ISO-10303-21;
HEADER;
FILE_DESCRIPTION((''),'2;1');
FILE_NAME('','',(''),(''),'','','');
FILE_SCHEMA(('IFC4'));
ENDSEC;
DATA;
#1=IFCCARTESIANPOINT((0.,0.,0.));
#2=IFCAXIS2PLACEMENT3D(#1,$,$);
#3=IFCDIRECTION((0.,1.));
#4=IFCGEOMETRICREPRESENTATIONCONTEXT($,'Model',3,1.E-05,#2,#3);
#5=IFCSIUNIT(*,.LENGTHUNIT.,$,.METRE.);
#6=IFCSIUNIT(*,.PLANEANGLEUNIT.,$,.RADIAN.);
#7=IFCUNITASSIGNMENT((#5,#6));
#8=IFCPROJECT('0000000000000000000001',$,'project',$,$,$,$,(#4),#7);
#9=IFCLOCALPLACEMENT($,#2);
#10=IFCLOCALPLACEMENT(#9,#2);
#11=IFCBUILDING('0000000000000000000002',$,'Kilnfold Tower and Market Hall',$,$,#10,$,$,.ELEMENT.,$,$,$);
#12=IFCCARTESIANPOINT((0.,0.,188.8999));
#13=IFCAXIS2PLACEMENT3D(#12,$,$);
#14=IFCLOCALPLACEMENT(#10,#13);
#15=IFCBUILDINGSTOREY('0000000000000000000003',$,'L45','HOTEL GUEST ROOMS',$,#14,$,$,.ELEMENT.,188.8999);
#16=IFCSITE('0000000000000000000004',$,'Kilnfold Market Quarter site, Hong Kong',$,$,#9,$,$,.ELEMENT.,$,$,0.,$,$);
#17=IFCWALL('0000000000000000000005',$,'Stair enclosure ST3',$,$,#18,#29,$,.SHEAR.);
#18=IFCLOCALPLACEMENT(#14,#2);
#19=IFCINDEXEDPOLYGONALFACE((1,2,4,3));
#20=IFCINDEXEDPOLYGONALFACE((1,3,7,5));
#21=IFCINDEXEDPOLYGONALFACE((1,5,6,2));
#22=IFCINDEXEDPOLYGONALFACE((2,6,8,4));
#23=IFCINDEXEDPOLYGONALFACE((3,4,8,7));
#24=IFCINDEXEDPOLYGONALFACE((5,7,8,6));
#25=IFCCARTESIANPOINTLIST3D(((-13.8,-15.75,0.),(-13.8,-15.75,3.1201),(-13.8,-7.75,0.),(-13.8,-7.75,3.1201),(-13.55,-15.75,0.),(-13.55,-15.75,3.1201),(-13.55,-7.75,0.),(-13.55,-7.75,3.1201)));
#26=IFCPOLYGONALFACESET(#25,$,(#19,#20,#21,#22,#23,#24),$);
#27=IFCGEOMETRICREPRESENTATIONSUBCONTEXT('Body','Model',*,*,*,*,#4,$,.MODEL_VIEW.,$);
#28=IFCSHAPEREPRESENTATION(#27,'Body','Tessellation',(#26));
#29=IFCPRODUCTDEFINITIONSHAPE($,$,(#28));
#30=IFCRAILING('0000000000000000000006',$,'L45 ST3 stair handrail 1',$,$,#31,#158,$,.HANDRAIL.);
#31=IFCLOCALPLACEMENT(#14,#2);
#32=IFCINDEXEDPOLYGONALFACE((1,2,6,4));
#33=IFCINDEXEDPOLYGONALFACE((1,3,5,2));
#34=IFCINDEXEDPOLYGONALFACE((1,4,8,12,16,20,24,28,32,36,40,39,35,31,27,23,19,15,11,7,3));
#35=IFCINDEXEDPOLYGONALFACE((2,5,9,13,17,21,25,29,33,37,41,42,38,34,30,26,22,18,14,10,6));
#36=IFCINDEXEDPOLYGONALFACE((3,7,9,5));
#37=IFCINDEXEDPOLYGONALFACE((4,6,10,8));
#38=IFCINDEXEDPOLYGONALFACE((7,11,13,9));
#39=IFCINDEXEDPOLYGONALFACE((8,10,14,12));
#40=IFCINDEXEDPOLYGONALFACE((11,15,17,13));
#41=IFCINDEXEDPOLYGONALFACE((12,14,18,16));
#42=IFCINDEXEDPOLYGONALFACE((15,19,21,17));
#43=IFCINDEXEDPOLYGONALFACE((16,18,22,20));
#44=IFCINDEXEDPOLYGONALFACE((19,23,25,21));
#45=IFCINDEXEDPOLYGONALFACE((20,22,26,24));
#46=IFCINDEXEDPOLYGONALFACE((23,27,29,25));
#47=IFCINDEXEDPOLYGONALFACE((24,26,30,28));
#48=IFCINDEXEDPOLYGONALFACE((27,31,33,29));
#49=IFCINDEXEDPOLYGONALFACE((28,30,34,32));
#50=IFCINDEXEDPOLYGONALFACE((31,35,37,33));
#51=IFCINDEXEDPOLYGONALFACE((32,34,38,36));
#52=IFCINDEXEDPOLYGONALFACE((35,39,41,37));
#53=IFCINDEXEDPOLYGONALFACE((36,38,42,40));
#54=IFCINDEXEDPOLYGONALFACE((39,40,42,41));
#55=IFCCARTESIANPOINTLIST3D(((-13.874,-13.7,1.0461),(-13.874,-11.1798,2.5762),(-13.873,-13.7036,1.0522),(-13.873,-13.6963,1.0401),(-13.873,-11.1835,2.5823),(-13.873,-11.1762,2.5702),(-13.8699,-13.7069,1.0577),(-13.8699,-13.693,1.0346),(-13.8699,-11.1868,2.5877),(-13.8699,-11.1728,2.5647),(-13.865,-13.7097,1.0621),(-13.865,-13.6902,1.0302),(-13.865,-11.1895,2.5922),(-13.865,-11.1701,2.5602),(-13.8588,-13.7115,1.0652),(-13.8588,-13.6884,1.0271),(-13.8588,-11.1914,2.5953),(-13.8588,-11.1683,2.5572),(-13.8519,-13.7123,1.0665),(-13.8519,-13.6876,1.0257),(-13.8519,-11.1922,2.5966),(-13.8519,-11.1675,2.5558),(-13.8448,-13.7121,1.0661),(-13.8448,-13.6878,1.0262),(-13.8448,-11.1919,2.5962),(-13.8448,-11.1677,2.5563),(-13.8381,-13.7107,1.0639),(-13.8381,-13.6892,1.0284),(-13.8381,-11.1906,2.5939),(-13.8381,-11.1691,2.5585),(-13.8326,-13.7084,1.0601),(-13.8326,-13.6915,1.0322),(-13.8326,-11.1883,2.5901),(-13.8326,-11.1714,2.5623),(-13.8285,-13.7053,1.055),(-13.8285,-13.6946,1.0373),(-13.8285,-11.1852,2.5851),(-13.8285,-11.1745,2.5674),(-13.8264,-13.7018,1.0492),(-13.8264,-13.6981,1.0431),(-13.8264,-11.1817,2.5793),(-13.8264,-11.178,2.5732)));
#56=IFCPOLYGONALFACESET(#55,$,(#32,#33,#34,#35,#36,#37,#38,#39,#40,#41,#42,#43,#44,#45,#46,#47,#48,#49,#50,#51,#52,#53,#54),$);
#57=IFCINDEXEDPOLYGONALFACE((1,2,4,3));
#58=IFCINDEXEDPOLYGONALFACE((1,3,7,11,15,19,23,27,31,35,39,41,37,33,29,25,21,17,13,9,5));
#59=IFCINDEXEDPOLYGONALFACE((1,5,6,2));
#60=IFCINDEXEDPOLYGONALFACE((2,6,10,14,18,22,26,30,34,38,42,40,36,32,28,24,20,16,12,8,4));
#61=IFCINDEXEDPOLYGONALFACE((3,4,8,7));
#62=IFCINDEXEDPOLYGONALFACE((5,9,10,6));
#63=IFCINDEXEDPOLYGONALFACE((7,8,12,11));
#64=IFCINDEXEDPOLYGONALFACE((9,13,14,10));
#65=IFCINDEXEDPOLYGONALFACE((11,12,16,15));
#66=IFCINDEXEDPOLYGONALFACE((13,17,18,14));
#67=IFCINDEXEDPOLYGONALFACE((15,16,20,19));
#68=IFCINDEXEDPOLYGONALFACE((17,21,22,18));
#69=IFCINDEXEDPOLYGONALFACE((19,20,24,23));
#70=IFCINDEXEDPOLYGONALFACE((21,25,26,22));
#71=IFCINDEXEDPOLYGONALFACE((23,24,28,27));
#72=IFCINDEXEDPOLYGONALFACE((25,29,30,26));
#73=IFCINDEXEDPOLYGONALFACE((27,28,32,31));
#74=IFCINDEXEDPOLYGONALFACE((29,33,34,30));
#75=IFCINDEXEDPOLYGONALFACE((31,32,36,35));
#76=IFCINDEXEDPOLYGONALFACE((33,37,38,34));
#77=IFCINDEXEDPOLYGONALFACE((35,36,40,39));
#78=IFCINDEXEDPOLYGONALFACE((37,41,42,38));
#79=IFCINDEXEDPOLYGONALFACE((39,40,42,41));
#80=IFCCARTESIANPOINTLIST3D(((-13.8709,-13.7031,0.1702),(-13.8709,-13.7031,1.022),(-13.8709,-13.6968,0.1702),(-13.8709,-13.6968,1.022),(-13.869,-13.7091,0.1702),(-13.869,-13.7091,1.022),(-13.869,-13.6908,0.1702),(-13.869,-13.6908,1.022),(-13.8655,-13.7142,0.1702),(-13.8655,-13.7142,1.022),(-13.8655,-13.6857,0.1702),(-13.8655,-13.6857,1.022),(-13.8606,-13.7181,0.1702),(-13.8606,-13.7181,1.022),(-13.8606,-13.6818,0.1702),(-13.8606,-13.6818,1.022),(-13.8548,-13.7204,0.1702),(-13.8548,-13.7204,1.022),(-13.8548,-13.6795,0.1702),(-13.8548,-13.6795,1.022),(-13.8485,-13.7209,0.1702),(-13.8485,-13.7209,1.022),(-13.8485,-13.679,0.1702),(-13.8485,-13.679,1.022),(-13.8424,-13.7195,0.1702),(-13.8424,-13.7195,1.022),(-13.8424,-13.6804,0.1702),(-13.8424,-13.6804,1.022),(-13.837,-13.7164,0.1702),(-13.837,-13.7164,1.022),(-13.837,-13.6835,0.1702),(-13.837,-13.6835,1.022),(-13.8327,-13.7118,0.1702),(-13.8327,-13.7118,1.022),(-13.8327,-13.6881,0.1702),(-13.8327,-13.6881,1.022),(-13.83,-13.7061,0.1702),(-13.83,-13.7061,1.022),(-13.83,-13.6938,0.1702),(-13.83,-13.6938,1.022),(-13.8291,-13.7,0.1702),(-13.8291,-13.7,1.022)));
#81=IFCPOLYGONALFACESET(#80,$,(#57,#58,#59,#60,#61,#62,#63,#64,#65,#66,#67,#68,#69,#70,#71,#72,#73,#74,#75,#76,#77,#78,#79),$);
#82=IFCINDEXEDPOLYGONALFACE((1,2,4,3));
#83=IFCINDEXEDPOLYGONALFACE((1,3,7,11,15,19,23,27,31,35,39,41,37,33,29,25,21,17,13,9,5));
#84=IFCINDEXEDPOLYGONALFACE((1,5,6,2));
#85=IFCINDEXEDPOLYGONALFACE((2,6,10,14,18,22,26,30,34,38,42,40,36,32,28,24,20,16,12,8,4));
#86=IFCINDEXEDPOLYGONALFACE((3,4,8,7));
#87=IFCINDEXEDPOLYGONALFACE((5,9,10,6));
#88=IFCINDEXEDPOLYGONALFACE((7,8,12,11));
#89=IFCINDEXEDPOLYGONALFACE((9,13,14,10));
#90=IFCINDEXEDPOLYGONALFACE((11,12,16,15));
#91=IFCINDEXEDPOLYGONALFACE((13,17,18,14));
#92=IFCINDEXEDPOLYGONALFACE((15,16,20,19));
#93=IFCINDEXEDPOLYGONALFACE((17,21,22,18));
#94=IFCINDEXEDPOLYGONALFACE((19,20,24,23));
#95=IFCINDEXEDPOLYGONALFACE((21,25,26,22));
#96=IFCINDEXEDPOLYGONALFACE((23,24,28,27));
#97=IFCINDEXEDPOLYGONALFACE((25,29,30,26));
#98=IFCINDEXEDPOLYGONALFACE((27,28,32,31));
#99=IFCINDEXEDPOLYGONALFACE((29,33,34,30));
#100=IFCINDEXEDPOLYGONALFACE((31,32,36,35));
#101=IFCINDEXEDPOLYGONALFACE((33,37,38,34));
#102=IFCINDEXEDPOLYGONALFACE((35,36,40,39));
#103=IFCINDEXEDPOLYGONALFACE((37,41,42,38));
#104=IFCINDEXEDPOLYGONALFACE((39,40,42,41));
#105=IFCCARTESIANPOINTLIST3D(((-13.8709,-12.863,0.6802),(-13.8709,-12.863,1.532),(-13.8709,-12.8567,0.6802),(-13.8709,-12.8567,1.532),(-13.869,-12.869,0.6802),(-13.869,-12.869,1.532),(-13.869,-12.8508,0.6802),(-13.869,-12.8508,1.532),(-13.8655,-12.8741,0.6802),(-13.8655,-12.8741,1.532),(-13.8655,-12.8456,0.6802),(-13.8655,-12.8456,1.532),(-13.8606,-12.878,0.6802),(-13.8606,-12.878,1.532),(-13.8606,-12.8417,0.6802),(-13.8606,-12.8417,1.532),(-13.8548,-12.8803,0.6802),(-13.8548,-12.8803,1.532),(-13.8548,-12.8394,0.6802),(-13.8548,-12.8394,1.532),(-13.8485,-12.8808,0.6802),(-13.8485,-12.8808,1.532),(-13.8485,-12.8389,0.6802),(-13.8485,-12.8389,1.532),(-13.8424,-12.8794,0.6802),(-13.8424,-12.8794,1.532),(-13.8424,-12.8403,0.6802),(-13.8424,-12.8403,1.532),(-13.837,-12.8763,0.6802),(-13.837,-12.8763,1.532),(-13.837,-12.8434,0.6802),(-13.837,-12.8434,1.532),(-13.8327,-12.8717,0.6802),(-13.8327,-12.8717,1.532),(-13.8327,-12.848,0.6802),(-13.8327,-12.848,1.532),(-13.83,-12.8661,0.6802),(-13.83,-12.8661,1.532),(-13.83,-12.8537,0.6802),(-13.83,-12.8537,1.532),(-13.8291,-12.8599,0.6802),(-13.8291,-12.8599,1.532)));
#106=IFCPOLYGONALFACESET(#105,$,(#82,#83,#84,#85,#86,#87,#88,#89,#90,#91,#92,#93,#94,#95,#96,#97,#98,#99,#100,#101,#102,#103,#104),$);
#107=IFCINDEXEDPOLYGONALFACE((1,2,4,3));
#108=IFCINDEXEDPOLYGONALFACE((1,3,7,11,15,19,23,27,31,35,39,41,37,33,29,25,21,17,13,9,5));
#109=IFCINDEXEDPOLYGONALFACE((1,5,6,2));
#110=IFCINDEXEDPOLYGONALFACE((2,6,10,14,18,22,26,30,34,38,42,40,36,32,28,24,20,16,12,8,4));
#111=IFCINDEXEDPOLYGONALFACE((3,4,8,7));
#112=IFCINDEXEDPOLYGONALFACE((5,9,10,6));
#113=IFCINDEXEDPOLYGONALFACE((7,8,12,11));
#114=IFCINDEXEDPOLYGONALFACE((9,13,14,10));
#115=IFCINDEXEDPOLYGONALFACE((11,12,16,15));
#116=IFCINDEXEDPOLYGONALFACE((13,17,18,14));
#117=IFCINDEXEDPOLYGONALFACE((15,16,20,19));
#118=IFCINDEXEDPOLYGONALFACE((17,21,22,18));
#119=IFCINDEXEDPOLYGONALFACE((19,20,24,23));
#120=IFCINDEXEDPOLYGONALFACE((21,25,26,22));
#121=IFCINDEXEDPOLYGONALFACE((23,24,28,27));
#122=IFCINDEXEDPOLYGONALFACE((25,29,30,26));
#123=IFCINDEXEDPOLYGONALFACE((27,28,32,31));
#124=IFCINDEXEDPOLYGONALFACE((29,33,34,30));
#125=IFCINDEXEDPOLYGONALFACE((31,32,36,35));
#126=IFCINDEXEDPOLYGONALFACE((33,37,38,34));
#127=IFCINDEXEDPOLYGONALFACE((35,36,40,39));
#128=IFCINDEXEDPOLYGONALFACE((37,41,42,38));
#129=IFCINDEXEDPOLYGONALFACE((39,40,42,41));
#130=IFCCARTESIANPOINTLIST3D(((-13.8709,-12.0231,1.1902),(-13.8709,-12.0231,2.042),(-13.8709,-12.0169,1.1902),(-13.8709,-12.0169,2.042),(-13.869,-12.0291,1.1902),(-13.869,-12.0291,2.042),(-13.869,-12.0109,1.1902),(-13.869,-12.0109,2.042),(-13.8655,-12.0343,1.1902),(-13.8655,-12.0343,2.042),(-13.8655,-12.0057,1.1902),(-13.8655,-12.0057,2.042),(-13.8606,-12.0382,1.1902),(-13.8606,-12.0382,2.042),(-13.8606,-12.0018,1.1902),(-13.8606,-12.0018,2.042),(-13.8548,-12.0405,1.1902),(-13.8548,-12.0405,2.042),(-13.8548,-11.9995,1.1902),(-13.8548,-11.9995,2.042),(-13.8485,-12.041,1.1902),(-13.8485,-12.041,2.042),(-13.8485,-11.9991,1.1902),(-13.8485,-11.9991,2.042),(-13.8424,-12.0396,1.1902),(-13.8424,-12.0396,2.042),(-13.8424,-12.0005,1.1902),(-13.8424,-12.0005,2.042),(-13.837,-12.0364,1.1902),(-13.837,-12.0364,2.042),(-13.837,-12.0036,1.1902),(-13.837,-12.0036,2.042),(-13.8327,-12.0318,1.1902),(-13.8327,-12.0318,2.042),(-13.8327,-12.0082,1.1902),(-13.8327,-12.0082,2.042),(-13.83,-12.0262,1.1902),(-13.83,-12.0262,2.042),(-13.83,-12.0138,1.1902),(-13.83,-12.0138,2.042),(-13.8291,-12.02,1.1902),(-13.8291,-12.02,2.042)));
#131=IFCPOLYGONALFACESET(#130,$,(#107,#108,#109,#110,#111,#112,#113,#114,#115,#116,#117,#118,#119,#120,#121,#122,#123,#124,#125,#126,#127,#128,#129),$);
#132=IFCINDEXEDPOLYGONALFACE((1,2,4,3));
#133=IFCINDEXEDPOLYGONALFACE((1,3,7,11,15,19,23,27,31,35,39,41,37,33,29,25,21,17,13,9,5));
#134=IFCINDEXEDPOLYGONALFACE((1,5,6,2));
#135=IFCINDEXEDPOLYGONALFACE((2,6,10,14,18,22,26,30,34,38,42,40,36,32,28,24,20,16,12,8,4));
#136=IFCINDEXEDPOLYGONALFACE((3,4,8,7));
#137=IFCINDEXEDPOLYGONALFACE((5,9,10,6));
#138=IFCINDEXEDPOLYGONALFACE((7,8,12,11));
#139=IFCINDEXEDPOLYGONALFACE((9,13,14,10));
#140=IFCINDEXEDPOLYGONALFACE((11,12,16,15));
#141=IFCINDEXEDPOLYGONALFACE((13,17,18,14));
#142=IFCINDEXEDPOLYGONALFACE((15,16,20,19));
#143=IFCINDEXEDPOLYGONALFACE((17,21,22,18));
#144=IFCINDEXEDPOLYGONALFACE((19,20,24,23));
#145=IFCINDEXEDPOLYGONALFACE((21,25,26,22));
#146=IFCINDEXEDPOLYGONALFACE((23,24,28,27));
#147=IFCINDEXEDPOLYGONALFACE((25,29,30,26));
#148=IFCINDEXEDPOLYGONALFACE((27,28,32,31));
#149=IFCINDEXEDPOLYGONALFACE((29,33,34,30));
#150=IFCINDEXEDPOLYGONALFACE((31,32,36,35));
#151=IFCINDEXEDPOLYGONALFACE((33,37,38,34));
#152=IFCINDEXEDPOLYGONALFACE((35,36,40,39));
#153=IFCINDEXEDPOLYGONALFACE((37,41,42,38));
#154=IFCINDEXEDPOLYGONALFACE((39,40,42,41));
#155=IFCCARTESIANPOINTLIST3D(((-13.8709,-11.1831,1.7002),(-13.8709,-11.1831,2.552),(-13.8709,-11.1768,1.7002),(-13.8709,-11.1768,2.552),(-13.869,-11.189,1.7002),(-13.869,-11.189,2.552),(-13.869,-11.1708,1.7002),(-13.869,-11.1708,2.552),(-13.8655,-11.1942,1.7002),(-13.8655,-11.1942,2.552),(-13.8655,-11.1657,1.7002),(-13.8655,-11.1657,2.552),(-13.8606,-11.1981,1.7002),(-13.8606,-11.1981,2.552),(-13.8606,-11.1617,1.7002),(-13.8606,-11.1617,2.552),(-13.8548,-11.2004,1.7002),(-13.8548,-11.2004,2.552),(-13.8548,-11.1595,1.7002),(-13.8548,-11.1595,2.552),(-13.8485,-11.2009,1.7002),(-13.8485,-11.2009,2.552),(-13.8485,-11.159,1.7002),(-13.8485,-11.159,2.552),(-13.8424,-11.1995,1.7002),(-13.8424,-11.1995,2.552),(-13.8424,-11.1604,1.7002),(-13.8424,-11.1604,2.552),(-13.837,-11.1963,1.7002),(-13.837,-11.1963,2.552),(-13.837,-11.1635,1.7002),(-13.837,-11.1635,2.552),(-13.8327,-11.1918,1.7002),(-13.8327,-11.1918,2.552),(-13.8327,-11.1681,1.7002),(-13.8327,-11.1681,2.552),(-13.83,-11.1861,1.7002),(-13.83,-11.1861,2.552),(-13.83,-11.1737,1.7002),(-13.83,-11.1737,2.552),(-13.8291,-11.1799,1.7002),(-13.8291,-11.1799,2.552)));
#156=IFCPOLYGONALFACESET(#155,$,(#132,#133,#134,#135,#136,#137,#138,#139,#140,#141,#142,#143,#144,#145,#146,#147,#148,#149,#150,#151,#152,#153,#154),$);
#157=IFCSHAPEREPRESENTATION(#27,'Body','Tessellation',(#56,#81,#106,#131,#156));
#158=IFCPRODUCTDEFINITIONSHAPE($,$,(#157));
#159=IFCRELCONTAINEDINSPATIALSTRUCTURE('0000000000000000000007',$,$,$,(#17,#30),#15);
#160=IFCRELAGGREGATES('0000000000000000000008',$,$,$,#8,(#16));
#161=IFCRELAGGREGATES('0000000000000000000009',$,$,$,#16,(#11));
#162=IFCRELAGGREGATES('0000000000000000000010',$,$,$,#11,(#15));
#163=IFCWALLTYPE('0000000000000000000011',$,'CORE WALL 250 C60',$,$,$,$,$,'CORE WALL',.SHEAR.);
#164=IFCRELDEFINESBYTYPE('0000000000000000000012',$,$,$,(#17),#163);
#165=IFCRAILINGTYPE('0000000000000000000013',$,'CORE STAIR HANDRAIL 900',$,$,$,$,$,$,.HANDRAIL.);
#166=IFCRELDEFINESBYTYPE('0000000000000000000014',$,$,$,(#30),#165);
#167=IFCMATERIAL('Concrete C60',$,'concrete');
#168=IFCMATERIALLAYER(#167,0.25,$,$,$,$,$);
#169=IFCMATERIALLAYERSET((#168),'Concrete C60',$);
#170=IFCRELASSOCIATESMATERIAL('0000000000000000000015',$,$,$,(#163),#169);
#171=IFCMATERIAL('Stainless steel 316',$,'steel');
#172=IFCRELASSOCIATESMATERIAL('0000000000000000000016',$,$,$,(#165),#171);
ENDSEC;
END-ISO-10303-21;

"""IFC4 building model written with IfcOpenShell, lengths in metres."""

from ifc_helpers import new_model, si_unit, direction, frame, frame_2d, origin, origin_2d, place, context, subcontext, project, spatial, rectangle, circle, extrude, source, transform, mapped, material, layer, layer_set, type_object, element, save


model = new_model("IFC4")

# Units and contexts
model_context = context("Model", 3, precision=1e-05, world=origin(), true_north=direction((0.0, 1.0)))
body_context = subcontext(model_context, "Body", "Model", "MODEL_VIEW")
ifc_project = project(units=[si_unit("LENGTHUNIT", "METRE"), si_unit("PLANEANGLEUNIT", "RADIAN")], contexts=[model_context])

# Site, building, storey
site_placement = place(None, origin())
site = spatial("IfcSite", under=ifc_project, at=site_placement, Name="Kilnfold Market Quarter site, Hong Kong", CompositionType="ELEMENT", RefElevation=0.0)
building_placement = place(site_placement, origin())
building = spatial("IfcBuilding", under=site, at=building_placement, Name="Kilnfold Tower and Market Hall", CompositionType="ELEMENT")
storey_placement = place(building_placement, frame((0.0, 0.0, 188.8999)))
storey = spatial("IfcBuildingStorey", under=building, at=storey_placement, Name="L45", Description="HOTEL GUEST ROOMS", CompositionType="ELEMENT", Elevation=188.8999)

# Shared definitions
ifc_material_1 = material(Name="Concrete C60", Category="concrete")
ifc_layer_1 = layer(ifc_material_1, 0.25)
ifc_layer_set_1 = layer_set([ifc_layer_1], Name="Concrete C60")
wall_type_1 = type_object("IfcWallType", Name="CORE WALL 250 C60", ElementType="CORE WALL", PredefinedType="SHEAR", material=ifc_layer_set_1)

# Wall
shared_shape_1 = source(origin(), body_context, "Body", "SweptSolid", [
    extrude(rectangle(XDim=8.0, YDim=0.25, at=frame_2d((4.0, 0.0))), origin(), (0.0, 0.0, 1.0), 3.1201),
])
wall_1_placement = place(storey_placement, frame((-13.675, -15.75, 0.0), z_axis=(0.0, 0.0, 1.0), x_axis=(0.0, 1.0, 0.0)))
element("IfcWall", 1, at=wall_1_placement, inside=storey, type_object=wall_type_1, Name="Stair enclosure ST3", PredefinedType="SHEAR", context=body_context, shape_type="MappedRepresentation", body=[
    mapped(shared_shape_1, transform((0.0, 0.0, 0.0))),
])

# Railing
ifc_material_2 = material(Name="Stainless steel 316", Category="steel")
railing_type_1 = type_object("IfcRailingType", Name="CORE STAIR HANDRAIL 900", PredefinedType="HANDRAIL", material=ifc_material_2)
railing_1_placement = place(storey_placement, frame((-13.8501, -13.7, 0.1702)))
element("IfcRailing", 2, at=railing_1_placement, inside=storey, type_object=railing_type_1, Name="L45 ST3 stair handrail 1", PredefinedType="HANDRAIL", context=body_context, shape_type="SweptSolid", body=[
    extrude(circle(Radius=0.0239, at=origin_2d()), frame((0.0, 0.0, 0.876), z_axis=(0.0, 0.854785, 0.518982), x_axis=(-1.0, 0.0, 0.0)), (0.0, 0.0, 1.0), 2.9482),
    extrude(circle(Radius=0.021, at=origin_2d()), origin(), (0.0, 0.0, 1.0), 0.8518),
    extrude(circle(Radius=0.021, at=origin_2d()), frame((0.0, 0.8401, 0.51)), (0.0, 0.0, 1.0), 0.8518),
    extrude(circle(Radius=0.021, at=origin_2d()), frame((0.0, 1.6799, 1.02)), (0.0, 0.0, 1.0), 0.8518),
    extrude(circle(Radius=0.021, at=origin_2d()), frame((0.0, 2.52, 1.53)), (0.0, 0.0, 1.0), 0.8518),
])

save(model, "model.ifc")
